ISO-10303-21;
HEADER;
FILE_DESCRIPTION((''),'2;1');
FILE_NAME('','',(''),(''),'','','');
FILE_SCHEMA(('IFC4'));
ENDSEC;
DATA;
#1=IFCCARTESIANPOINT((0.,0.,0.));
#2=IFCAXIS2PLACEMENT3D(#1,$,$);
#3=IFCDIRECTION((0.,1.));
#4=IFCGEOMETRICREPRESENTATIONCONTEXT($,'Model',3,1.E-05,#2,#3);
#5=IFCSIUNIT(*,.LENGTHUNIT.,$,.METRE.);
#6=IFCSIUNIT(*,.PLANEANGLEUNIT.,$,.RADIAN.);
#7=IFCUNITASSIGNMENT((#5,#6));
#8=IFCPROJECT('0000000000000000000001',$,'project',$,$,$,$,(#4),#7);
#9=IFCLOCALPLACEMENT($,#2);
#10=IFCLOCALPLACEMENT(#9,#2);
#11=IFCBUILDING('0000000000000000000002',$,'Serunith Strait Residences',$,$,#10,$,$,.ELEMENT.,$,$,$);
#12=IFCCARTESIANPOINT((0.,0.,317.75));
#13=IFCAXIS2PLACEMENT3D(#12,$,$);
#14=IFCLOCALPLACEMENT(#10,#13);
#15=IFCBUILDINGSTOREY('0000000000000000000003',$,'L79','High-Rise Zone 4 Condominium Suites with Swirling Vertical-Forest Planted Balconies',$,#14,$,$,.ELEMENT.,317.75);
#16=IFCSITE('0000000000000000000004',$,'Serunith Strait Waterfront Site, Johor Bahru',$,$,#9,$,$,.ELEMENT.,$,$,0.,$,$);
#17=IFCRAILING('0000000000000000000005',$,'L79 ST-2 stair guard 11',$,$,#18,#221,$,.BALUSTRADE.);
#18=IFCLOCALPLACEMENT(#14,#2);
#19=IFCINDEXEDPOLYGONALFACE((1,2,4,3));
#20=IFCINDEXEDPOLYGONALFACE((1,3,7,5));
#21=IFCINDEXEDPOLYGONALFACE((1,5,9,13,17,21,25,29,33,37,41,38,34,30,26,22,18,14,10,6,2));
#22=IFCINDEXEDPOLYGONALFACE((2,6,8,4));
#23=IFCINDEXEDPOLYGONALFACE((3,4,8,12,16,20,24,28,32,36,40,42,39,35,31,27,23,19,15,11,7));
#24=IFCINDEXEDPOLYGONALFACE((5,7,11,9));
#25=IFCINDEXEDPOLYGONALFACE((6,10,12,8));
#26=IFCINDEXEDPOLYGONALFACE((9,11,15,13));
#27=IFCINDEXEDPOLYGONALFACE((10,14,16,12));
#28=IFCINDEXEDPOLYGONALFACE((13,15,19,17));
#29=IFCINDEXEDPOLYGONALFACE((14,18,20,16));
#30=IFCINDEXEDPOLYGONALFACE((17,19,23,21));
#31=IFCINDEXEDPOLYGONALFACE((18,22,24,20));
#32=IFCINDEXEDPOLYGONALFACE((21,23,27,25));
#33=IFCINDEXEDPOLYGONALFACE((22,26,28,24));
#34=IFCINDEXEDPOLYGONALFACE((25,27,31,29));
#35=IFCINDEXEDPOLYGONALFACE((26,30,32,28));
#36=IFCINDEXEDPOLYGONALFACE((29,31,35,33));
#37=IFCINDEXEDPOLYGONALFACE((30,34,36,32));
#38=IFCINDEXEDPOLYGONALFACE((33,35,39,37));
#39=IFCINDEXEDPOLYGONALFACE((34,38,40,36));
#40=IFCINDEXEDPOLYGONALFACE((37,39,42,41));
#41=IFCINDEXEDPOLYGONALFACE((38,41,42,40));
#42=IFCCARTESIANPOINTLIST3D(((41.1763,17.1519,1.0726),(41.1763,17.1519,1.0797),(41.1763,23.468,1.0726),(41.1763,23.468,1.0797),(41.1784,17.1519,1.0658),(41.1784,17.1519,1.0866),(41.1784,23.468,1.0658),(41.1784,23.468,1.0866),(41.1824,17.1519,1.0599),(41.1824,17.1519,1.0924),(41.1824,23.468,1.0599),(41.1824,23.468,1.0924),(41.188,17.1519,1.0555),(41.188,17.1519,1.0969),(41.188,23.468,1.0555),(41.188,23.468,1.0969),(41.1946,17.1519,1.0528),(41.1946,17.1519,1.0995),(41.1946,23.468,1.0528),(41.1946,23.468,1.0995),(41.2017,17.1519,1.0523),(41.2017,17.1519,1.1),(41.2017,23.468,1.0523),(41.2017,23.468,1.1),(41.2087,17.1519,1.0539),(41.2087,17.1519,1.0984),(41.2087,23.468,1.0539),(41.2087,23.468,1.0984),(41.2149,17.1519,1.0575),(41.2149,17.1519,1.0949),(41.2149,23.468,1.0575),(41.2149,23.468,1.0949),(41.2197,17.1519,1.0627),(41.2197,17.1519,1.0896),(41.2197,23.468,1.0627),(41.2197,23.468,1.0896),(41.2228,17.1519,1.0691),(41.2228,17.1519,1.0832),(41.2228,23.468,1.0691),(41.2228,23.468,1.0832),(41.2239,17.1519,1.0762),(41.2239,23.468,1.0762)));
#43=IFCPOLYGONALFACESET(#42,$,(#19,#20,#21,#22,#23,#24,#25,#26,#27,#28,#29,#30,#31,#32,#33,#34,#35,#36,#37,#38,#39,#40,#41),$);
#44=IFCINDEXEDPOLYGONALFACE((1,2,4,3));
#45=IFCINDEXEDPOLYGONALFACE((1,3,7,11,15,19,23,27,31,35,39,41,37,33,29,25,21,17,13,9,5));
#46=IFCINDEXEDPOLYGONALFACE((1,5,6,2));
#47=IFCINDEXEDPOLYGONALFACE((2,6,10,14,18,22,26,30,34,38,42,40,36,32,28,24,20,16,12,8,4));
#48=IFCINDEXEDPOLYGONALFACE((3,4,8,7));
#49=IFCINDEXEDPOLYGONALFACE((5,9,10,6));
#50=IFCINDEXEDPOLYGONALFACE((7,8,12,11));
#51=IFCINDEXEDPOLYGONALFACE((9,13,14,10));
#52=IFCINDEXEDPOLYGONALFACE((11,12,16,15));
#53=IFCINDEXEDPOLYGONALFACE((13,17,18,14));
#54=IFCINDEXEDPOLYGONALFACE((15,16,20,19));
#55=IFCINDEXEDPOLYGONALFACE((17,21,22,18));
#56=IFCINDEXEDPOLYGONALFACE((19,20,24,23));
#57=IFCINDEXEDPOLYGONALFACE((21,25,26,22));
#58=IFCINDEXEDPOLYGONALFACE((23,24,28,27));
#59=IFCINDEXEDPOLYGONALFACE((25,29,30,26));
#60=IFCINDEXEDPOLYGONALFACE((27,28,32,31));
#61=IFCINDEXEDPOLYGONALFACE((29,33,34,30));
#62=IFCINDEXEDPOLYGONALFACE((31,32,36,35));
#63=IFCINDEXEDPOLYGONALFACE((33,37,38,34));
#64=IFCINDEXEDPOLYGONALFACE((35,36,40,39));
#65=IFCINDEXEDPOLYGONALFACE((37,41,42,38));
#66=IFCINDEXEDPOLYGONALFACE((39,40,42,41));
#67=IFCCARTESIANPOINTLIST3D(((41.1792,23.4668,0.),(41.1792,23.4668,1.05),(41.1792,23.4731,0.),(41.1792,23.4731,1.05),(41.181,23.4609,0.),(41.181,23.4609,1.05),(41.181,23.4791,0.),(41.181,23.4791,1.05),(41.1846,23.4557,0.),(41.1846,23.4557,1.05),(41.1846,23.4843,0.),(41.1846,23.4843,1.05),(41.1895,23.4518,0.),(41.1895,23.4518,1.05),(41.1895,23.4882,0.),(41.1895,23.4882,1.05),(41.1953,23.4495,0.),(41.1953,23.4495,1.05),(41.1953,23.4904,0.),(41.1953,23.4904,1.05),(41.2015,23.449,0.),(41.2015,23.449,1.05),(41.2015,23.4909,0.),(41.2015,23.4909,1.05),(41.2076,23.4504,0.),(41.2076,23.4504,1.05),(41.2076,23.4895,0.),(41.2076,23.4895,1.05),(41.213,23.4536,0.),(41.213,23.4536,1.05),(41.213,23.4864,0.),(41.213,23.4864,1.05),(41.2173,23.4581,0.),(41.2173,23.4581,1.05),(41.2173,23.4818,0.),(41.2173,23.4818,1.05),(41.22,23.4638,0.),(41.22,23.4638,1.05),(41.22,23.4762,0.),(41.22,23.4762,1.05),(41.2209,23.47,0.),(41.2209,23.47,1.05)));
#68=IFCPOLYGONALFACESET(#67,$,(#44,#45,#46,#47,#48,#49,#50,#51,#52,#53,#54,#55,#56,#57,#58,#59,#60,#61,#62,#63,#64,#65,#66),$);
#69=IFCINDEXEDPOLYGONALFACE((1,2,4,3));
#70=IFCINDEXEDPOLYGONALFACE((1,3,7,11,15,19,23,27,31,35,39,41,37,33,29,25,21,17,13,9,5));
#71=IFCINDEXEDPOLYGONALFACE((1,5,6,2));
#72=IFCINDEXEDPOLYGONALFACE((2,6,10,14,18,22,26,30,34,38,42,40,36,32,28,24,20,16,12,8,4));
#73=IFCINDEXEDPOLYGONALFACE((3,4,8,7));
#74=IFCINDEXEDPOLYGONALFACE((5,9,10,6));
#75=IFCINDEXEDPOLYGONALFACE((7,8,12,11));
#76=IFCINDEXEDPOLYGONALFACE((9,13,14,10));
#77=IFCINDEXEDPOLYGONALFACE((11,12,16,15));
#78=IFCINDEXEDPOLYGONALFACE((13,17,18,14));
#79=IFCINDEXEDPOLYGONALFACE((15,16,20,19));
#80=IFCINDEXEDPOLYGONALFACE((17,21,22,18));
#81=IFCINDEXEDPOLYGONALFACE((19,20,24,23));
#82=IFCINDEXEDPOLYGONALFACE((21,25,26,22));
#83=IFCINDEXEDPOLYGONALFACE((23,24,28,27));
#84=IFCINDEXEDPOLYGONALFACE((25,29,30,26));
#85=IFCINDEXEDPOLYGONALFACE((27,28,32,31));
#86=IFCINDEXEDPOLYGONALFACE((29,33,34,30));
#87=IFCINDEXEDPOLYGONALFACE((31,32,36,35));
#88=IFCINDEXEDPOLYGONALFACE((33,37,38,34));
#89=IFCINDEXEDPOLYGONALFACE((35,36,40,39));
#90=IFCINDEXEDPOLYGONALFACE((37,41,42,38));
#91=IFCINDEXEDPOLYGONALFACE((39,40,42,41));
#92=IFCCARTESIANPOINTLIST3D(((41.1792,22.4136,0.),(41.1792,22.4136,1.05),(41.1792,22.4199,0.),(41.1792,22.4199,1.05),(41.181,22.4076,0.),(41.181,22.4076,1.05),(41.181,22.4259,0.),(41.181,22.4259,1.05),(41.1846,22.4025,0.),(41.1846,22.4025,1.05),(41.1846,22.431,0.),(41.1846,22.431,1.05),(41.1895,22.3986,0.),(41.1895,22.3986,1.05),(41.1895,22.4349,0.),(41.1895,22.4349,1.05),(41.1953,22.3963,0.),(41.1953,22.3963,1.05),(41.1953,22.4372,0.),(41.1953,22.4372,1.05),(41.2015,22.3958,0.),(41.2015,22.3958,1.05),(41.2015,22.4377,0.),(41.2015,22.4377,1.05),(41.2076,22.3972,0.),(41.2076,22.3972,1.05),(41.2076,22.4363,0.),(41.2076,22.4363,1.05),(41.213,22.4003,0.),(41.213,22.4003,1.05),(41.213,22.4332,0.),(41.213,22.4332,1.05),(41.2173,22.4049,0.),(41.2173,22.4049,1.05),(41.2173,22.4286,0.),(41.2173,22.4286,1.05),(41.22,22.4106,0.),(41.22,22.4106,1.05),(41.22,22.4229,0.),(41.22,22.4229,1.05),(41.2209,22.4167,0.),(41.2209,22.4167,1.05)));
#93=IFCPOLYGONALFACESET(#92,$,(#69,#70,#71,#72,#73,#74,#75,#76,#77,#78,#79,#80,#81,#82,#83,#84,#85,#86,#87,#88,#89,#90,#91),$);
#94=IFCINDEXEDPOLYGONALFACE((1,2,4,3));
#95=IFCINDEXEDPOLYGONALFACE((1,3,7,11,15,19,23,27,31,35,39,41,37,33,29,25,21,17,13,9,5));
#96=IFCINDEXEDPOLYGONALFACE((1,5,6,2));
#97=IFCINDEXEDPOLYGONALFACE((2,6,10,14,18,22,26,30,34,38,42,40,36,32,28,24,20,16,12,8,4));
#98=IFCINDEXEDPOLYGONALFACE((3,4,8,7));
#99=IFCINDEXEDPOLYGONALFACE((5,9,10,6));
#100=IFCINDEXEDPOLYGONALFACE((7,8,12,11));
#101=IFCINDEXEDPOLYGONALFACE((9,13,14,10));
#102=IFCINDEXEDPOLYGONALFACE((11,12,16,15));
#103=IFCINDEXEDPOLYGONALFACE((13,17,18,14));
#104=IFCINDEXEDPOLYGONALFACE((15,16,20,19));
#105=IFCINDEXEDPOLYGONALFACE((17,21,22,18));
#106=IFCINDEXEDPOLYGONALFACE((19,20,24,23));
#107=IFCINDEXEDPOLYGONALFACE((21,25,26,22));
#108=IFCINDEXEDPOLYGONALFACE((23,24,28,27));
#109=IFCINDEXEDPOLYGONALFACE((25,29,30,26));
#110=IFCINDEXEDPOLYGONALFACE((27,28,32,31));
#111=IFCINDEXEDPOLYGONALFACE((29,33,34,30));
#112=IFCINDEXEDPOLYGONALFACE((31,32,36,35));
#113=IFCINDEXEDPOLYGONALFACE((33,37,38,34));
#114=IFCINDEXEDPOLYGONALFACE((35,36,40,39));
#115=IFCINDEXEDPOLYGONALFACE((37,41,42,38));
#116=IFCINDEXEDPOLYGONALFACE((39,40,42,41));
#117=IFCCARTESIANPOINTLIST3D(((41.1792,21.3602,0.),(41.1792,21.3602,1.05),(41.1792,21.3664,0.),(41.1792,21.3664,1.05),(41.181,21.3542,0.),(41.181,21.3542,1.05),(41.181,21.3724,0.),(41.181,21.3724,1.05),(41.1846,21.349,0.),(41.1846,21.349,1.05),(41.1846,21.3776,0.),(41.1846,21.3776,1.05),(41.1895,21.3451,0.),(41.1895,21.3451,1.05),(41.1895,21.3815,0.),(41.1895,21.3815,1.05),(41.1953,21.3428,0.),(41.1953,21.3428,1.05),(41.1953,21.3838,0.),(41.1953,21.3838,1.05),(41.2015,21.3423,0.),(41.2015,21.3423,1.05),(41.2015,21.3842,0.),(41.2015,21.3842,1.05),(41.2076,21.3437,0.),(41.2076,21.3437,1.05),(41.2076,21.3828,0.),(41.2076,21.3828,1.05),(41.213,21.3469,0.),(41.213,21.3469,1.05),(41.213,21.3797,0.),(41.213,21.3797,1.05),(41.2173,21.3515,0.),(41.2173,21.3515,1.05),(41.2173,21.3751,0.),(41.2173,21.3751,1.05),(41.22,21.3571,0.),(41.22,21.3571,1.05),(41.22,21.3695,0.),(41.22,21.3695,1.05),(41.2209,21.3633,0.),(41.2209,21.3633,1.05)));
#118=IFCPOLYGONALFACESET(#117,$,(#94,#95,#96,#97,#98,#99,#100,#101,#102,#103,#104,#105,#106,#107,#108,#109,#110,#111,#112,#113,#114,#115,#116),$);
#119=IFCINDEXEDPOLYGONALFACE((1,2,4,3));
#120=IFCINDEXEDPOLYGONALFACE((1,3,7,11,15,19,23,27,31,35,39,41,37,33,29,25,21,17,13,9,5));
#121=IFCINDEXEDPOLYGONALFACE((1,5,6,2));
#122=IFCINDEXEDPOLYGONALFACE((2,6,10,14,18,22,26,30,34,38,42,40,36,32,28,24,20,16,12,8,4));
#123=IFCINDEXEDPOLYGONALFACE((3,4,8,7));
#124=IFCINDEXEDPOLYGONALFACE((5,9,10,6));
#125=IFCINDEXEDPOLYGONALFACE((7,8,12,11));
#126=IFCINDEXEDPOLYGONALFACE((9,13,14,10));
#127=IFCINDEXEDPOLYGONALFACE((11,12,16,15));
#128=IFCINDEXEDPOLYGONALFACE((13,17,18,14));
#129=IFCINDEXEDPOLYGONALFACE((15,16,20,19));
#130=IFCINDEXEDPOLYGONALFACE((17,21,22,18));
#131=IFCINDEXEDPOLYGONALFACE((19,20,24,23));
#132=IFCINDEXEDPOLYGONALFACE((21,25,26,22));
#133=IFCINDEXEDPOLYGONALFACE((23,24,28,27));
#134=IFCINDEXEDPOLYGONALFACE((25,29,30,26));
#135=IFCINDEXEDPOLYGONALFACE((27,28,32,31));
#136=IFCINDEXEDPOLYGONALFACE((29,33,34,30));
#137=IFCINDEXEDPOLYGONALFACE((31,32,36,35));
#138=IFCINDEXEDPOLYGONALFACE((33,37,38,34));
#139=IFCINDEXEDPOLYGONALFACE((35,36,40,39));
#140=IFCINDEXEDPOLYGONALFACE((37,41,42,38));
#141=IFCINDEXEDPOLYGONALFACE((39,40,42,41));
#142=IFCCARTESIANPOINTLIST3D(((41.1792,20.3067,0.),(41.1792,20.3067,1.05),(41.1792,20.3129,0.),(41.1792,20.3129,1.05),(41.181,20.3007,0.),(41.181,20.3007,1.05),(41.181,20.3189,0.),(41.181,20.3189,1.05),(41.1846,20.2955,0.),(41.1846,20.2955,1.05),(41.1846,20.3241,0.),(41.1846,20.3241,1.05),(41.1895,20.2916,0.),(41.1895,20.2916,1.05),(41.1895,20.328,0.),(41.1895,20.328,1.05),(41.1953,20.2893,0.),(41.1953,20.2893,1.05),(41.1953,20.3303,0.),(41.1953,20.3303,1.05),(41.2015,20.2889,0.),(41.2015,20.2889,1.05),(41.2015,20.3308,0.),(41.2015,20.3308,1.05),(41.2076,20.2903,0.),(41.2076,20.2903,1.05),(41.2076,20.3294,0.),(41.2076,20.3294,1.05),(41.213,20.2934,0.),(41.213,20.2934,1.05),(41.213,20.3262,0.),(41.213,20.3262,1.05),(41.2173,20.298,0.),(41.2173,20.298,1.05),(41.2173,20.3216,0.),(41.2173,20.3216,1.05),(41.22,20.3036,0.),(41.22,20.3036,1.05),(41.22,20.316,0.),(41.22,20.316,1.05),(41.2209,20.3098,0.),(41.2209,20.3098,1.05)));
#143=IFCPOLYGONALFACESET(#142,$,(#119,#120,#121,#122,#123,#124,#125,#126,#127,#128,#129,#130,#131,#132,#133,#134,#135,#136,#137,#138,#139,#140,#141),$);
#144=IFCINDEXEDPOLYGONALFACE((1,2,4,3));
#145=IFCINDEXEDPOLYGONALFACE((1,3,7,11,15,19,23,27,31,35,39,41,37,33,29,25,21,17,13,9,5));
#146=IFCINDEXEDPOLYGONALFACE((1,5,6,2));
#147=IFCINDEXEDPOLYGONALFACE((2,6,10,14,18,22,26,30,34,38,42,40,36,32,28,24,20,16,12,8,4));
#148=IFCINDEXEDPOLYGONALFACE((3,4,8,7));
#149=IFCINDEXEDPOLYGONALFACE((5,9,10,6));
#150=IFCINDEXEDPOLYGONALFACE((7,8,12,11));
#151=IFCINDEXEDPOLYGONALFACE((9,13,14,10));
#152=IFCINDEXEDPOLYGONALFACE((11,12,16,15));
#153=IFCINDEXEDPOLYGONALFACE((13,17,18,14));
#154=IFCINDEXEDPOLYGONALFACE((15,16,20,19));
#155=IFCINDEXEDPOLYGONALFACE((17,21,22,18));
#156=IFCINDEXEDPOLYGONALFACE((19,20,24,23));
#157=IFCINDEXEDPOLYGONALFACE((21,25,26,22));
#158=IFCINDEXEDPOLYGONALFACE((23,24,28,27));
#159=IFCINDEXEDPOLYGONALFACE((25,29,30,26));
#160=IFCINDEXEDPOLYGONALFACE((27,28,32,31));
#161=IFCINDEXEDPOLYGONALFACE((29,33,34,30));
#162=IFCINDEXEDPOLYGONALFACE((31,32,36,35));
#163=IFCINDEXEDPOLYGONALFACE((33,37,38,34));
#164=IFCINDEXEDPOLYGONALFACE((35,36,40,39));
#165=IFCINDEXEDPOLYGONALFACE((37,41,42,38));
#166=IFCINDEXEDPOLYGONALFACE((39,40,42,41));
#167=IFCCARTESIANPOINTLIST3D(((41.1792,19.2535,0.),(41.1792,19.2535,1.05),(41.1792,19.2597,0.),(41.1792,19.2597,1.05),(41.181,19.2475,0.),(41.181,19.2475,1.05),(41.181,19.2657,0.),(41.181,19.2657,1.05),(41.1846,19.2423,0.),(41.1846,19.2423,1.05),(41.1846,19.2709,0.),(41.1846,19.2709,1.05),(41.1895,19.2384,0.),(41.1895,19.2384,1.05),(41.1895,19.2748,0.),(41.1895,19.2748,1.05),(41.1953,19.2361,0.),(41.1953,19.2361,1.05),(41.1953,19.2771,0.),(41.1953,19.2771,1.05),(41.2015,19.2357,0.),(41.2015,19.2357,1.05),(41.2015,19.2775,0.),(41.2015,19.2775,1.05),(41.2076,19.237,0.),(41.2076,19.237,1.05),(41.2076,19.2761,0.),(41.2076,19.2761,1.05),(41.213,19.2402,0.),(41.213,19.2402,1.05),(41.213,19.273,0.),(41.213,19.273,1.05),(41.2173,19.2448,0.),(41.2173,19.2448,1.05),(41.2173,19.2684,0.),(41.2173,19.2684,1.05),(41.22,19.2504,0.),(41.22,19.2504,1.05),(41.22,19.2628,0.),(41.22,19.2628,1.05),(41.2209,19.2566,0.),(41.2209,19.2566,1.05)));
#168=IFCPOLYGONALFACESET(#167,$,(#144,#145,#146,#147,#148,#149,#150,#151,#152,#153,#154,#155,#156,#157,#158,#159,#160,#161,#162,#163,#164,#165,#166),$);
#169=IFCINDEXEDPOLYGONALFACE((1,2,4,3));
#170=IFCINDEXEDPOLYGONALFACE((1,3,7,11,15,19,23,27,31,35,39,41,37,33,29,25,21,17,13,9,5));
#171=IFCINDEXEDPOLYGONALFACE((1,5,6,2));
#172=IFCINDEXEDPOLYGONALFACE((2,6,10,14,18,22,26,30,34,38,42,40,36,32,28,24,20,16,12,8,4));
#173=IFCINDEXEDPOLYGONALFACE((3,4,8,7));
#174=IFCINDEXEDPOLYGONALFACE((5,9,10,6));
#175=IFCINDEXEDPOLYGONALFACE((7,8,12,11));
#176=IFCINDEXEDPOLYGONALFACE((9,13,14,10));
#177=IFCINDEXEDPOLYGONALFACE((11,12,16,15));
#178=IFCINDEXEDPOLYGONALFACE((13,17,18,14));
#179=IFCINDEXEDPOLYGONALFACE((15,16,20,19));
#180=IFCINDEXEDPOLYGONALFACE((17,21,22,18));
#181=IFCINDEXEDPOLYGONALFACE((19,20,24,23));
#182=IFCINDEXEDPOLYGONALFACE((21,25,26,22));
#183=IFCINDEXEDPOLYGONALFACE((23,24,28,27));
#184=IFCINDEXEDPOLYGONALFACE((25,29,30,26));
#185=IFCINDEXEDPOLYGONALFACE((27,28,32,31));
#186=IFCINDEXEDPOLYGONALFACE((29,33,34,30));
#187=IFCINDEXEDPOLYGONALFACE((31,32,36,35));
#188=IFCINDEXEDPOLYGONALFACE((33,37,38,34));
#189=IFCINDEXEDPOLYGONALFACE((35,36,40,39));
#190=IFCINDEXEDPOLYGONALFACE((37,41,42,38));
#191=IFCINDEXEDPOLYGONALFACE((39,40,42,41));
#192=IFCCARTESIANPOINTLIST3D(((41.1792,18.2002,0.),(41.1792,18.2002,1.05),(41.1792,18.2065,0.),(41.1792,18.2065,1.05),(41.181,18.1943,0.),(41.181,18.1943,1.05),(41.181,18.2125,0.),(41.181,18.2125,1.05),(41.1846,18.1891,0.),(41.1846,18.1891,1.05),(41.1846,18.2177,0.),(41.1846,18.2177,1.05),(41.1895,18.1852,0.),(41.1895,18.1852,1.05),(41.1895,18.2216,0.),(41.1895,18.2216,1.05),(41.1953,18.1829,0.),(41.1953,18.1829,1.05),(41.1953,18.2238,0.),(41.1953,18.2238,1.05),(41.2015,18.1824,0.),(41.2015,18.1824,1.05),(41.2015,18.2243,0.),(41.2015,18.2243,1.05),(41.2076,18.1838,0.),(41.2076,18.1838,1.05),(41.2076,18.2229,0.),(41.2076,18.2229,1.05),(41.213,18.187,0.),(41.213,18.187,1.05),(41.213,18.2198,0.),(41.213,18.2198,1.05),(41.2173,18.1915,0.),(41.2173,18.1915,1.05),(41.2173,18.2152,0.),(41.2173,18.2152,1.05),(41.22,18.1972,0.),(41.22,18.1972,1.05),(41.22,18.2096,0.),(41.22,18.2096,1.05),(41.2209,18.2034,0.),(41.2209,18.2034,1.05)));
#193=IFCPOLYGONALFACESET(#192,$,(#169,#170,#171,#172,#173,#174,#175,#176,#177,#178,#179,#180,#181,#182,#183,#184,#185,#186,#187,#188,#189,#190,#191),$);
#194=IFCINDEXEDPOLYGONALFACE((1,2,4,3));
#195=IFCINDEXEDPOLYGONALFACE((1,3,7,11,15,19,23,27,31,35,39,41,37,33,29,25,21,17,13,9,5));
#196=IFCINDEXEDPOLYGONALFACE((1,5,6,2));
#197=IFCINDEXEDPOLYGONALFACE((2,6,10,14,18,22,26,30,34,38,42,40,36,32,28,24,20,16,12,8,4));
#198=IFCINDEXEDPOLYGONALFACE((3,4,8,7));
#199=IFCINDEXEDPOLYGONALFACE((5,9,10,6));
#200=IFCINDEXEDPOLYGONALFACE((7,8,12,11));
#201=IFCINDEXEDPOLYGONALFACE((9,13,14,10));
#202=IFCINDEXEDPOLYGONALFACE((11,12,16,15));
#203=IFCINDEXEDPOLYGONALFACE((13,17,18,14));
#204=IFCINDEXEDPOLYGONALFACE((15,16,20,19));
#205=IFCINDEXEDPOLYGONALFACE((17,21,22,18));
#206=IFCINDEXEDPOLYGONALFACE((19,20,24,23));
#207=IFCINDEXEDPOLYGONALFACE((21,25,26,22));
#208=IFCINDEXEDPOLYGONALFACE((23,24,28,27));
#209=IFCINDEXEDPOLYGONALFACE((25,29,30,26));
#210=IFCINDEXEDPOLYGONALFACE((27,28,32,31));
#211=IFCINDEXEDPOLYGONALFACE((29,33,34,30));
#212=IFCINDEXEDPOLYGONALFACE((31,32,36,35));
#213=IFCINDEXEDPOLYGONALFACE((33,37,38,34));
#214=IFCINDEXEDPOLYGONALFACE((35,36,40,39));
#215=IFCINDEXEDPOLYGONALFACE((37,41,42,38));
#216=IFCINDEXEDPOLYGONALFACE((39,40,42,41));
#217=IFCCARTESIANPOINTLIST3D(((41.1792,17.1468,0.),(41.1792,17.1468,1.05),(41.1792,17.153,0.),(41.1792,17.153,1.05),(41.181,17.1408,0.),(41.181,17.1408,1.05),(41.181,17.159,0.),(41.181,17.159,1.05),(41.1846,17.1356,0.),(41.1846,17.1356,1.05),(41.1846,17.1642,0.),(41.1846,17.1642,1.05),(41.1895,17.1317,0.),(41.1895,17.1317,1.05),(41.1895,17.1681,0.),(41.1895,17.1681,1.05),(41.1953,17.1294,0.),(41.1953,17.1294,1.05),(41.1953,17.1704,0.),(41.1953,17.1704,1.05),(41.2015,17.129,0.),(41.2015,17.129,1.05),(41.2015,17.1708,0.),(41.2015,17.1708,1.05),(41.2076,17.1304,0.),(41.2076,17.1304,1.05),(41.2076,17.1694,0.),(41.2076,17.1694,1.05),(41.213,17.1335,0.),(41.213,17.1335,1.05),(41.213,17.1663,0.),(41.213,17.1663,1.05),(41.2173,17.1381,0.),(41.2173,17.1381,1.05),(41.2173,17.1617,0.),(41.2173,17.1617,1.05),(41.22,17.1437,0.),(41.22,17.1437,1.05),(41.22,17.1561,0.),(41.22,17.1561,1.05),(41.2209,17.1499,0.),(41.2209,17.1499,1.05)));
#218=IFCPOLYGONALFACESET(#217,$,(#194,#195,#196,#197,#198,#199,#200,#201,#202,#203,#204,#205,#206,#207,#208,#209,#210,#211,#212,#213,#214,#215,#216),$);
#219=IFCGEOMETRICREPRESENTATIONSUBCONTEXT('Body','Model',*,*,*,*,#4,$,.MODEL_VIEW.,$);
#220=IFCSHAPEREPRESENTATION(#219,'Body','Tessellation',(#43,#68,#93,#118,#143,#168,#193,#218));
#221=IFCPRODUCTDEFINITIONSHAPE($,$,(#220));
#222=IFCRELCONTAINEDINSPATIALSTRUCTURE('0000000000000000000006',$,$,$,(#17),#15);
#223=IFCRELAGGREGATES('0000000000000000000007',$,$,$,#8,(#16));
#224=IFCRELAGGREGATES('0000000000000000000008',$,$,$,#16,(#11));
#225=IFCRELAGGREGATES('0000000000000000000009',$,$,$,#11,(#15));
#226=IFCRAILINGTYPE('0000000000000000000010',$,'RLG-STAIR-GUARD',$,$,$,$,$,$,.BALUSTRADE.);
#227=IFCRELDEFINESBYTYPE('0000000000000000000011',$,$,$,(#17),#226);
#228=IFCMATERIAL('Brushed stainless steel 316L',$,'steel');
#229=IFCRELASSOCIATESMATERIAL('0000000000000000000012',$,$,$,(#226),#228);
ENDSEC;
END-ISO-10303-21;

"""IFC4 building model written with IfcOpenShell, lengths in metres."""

from ifc_helpers import new_model, si_unit, direction, frame, origin, origin_2d, place, context, subcontext, project, spatial, circle, extrude, material, type_object, element, save


model = new_model("IFC4")

# Units and contexts
model_context = context("Model", 3, precision=1e-05, world=origin(), true_north=direction((0.0, 1.0)))
body_context = subcontext(model_context, "Body", "Model", "MODEL_VIEW")
ifc_project = project(units=[si_unit("LENGTHUNIT", "METRE"), si_unit("PLANEANGLEUNIT", "RADIAN")], contexts=[model_context])

# Site, building, storey
site_placement = place(None, origin())
site = spatial("IfcSite", under=ifc_project, at=site_placement, Name="Serunith Strait Waterfront Site, Johor Bahru", CompositionType="ELEMENT", RefElevation=0.0)
building_placement = place(site_placement, origin())
building = spatial("IfcBuilding", under=site, at=building_placement, Name="Serunith Strait Residences", CompositionType="ELEMENT")
storey_placement = place(building_placement, frame((0.0, 0.0, 317.75)))
storey = spatial("IfcBuildingStorey", under=building, at=storey_placement, Name="L79", Description="High-Rise Zone 4 Condominium Suites with Swirling Vertical-Forest Planted Balconies", CompositionType="ELEMENT", Elevation=317.75)

# Railing
ifc_material_1 = material(Name="Brushed stainless steel 316L", Category="steel")
railing_type = type_object("IfcRailingType", Name="RLG-STAIR-GUARD", PredefinedType="BALUSTRADE", material=ifc_material_1)
railing_1_placement = place(storey_placement, frame((41.2, 23.47, 0.0)))
element("IfcRailing", 1, at=railing_1_placement, inside=storey, type_object=railing_type, Name="L79 ST-2 stair guard 11", PredefinedType="BALUSTRADE", context=body_context, shape_type="SweptSolid", body=[
    extrude(circle(Radius=0.0239, at=origin_2d()), frame((0.0, -0.002, 1.0762), z_axis=(0.0, -1.0, 0.0), x_axis=(1.0, 0.0, 0.0)), (0.0, 0.0, 1.0), 6.3162),
    extrude(circle(Radius=0.021, at=origin_2d()), origin(), (0.0, 0.0, 1.0), 1.05),
    extrude(circle(Radius=0.021, at=origin_2d()), frame((0.0, -1.0532, 0.0)), (0.0, 0.0, 1.0), 1.05),
    extrude(circle(Radius=0.021, at=origin_2d()), frame((0.0, -2.1067, 0.0)), (0.0, 0.0, 1.0), 1.05),
    extrude(circle(Radius=0.021, at=origin_2d()), frame((0.0, -3.1602, 0.0)), (0.0, 0.0, 1.0), 1.05),
    extrude(circle(Radius=0.021, at=origin_2d()), frame((0.0, -4.2134, 0.0)), (0.0, 0.0, 1.0), 1.05),
    extrude(circle(Radius=0.021, at=origin_2d()), frame((0.0, -5.2666, 0.0)), (0.0, 0.0, 1.0), 1.05),
    extrude(circle(Radius=0.021, at=origin_2d()), frame((0.0, -6.3201, 0.0)), (0.0, 0.0, 1.0), 1.05),
])

save(model, "model.ifc")
